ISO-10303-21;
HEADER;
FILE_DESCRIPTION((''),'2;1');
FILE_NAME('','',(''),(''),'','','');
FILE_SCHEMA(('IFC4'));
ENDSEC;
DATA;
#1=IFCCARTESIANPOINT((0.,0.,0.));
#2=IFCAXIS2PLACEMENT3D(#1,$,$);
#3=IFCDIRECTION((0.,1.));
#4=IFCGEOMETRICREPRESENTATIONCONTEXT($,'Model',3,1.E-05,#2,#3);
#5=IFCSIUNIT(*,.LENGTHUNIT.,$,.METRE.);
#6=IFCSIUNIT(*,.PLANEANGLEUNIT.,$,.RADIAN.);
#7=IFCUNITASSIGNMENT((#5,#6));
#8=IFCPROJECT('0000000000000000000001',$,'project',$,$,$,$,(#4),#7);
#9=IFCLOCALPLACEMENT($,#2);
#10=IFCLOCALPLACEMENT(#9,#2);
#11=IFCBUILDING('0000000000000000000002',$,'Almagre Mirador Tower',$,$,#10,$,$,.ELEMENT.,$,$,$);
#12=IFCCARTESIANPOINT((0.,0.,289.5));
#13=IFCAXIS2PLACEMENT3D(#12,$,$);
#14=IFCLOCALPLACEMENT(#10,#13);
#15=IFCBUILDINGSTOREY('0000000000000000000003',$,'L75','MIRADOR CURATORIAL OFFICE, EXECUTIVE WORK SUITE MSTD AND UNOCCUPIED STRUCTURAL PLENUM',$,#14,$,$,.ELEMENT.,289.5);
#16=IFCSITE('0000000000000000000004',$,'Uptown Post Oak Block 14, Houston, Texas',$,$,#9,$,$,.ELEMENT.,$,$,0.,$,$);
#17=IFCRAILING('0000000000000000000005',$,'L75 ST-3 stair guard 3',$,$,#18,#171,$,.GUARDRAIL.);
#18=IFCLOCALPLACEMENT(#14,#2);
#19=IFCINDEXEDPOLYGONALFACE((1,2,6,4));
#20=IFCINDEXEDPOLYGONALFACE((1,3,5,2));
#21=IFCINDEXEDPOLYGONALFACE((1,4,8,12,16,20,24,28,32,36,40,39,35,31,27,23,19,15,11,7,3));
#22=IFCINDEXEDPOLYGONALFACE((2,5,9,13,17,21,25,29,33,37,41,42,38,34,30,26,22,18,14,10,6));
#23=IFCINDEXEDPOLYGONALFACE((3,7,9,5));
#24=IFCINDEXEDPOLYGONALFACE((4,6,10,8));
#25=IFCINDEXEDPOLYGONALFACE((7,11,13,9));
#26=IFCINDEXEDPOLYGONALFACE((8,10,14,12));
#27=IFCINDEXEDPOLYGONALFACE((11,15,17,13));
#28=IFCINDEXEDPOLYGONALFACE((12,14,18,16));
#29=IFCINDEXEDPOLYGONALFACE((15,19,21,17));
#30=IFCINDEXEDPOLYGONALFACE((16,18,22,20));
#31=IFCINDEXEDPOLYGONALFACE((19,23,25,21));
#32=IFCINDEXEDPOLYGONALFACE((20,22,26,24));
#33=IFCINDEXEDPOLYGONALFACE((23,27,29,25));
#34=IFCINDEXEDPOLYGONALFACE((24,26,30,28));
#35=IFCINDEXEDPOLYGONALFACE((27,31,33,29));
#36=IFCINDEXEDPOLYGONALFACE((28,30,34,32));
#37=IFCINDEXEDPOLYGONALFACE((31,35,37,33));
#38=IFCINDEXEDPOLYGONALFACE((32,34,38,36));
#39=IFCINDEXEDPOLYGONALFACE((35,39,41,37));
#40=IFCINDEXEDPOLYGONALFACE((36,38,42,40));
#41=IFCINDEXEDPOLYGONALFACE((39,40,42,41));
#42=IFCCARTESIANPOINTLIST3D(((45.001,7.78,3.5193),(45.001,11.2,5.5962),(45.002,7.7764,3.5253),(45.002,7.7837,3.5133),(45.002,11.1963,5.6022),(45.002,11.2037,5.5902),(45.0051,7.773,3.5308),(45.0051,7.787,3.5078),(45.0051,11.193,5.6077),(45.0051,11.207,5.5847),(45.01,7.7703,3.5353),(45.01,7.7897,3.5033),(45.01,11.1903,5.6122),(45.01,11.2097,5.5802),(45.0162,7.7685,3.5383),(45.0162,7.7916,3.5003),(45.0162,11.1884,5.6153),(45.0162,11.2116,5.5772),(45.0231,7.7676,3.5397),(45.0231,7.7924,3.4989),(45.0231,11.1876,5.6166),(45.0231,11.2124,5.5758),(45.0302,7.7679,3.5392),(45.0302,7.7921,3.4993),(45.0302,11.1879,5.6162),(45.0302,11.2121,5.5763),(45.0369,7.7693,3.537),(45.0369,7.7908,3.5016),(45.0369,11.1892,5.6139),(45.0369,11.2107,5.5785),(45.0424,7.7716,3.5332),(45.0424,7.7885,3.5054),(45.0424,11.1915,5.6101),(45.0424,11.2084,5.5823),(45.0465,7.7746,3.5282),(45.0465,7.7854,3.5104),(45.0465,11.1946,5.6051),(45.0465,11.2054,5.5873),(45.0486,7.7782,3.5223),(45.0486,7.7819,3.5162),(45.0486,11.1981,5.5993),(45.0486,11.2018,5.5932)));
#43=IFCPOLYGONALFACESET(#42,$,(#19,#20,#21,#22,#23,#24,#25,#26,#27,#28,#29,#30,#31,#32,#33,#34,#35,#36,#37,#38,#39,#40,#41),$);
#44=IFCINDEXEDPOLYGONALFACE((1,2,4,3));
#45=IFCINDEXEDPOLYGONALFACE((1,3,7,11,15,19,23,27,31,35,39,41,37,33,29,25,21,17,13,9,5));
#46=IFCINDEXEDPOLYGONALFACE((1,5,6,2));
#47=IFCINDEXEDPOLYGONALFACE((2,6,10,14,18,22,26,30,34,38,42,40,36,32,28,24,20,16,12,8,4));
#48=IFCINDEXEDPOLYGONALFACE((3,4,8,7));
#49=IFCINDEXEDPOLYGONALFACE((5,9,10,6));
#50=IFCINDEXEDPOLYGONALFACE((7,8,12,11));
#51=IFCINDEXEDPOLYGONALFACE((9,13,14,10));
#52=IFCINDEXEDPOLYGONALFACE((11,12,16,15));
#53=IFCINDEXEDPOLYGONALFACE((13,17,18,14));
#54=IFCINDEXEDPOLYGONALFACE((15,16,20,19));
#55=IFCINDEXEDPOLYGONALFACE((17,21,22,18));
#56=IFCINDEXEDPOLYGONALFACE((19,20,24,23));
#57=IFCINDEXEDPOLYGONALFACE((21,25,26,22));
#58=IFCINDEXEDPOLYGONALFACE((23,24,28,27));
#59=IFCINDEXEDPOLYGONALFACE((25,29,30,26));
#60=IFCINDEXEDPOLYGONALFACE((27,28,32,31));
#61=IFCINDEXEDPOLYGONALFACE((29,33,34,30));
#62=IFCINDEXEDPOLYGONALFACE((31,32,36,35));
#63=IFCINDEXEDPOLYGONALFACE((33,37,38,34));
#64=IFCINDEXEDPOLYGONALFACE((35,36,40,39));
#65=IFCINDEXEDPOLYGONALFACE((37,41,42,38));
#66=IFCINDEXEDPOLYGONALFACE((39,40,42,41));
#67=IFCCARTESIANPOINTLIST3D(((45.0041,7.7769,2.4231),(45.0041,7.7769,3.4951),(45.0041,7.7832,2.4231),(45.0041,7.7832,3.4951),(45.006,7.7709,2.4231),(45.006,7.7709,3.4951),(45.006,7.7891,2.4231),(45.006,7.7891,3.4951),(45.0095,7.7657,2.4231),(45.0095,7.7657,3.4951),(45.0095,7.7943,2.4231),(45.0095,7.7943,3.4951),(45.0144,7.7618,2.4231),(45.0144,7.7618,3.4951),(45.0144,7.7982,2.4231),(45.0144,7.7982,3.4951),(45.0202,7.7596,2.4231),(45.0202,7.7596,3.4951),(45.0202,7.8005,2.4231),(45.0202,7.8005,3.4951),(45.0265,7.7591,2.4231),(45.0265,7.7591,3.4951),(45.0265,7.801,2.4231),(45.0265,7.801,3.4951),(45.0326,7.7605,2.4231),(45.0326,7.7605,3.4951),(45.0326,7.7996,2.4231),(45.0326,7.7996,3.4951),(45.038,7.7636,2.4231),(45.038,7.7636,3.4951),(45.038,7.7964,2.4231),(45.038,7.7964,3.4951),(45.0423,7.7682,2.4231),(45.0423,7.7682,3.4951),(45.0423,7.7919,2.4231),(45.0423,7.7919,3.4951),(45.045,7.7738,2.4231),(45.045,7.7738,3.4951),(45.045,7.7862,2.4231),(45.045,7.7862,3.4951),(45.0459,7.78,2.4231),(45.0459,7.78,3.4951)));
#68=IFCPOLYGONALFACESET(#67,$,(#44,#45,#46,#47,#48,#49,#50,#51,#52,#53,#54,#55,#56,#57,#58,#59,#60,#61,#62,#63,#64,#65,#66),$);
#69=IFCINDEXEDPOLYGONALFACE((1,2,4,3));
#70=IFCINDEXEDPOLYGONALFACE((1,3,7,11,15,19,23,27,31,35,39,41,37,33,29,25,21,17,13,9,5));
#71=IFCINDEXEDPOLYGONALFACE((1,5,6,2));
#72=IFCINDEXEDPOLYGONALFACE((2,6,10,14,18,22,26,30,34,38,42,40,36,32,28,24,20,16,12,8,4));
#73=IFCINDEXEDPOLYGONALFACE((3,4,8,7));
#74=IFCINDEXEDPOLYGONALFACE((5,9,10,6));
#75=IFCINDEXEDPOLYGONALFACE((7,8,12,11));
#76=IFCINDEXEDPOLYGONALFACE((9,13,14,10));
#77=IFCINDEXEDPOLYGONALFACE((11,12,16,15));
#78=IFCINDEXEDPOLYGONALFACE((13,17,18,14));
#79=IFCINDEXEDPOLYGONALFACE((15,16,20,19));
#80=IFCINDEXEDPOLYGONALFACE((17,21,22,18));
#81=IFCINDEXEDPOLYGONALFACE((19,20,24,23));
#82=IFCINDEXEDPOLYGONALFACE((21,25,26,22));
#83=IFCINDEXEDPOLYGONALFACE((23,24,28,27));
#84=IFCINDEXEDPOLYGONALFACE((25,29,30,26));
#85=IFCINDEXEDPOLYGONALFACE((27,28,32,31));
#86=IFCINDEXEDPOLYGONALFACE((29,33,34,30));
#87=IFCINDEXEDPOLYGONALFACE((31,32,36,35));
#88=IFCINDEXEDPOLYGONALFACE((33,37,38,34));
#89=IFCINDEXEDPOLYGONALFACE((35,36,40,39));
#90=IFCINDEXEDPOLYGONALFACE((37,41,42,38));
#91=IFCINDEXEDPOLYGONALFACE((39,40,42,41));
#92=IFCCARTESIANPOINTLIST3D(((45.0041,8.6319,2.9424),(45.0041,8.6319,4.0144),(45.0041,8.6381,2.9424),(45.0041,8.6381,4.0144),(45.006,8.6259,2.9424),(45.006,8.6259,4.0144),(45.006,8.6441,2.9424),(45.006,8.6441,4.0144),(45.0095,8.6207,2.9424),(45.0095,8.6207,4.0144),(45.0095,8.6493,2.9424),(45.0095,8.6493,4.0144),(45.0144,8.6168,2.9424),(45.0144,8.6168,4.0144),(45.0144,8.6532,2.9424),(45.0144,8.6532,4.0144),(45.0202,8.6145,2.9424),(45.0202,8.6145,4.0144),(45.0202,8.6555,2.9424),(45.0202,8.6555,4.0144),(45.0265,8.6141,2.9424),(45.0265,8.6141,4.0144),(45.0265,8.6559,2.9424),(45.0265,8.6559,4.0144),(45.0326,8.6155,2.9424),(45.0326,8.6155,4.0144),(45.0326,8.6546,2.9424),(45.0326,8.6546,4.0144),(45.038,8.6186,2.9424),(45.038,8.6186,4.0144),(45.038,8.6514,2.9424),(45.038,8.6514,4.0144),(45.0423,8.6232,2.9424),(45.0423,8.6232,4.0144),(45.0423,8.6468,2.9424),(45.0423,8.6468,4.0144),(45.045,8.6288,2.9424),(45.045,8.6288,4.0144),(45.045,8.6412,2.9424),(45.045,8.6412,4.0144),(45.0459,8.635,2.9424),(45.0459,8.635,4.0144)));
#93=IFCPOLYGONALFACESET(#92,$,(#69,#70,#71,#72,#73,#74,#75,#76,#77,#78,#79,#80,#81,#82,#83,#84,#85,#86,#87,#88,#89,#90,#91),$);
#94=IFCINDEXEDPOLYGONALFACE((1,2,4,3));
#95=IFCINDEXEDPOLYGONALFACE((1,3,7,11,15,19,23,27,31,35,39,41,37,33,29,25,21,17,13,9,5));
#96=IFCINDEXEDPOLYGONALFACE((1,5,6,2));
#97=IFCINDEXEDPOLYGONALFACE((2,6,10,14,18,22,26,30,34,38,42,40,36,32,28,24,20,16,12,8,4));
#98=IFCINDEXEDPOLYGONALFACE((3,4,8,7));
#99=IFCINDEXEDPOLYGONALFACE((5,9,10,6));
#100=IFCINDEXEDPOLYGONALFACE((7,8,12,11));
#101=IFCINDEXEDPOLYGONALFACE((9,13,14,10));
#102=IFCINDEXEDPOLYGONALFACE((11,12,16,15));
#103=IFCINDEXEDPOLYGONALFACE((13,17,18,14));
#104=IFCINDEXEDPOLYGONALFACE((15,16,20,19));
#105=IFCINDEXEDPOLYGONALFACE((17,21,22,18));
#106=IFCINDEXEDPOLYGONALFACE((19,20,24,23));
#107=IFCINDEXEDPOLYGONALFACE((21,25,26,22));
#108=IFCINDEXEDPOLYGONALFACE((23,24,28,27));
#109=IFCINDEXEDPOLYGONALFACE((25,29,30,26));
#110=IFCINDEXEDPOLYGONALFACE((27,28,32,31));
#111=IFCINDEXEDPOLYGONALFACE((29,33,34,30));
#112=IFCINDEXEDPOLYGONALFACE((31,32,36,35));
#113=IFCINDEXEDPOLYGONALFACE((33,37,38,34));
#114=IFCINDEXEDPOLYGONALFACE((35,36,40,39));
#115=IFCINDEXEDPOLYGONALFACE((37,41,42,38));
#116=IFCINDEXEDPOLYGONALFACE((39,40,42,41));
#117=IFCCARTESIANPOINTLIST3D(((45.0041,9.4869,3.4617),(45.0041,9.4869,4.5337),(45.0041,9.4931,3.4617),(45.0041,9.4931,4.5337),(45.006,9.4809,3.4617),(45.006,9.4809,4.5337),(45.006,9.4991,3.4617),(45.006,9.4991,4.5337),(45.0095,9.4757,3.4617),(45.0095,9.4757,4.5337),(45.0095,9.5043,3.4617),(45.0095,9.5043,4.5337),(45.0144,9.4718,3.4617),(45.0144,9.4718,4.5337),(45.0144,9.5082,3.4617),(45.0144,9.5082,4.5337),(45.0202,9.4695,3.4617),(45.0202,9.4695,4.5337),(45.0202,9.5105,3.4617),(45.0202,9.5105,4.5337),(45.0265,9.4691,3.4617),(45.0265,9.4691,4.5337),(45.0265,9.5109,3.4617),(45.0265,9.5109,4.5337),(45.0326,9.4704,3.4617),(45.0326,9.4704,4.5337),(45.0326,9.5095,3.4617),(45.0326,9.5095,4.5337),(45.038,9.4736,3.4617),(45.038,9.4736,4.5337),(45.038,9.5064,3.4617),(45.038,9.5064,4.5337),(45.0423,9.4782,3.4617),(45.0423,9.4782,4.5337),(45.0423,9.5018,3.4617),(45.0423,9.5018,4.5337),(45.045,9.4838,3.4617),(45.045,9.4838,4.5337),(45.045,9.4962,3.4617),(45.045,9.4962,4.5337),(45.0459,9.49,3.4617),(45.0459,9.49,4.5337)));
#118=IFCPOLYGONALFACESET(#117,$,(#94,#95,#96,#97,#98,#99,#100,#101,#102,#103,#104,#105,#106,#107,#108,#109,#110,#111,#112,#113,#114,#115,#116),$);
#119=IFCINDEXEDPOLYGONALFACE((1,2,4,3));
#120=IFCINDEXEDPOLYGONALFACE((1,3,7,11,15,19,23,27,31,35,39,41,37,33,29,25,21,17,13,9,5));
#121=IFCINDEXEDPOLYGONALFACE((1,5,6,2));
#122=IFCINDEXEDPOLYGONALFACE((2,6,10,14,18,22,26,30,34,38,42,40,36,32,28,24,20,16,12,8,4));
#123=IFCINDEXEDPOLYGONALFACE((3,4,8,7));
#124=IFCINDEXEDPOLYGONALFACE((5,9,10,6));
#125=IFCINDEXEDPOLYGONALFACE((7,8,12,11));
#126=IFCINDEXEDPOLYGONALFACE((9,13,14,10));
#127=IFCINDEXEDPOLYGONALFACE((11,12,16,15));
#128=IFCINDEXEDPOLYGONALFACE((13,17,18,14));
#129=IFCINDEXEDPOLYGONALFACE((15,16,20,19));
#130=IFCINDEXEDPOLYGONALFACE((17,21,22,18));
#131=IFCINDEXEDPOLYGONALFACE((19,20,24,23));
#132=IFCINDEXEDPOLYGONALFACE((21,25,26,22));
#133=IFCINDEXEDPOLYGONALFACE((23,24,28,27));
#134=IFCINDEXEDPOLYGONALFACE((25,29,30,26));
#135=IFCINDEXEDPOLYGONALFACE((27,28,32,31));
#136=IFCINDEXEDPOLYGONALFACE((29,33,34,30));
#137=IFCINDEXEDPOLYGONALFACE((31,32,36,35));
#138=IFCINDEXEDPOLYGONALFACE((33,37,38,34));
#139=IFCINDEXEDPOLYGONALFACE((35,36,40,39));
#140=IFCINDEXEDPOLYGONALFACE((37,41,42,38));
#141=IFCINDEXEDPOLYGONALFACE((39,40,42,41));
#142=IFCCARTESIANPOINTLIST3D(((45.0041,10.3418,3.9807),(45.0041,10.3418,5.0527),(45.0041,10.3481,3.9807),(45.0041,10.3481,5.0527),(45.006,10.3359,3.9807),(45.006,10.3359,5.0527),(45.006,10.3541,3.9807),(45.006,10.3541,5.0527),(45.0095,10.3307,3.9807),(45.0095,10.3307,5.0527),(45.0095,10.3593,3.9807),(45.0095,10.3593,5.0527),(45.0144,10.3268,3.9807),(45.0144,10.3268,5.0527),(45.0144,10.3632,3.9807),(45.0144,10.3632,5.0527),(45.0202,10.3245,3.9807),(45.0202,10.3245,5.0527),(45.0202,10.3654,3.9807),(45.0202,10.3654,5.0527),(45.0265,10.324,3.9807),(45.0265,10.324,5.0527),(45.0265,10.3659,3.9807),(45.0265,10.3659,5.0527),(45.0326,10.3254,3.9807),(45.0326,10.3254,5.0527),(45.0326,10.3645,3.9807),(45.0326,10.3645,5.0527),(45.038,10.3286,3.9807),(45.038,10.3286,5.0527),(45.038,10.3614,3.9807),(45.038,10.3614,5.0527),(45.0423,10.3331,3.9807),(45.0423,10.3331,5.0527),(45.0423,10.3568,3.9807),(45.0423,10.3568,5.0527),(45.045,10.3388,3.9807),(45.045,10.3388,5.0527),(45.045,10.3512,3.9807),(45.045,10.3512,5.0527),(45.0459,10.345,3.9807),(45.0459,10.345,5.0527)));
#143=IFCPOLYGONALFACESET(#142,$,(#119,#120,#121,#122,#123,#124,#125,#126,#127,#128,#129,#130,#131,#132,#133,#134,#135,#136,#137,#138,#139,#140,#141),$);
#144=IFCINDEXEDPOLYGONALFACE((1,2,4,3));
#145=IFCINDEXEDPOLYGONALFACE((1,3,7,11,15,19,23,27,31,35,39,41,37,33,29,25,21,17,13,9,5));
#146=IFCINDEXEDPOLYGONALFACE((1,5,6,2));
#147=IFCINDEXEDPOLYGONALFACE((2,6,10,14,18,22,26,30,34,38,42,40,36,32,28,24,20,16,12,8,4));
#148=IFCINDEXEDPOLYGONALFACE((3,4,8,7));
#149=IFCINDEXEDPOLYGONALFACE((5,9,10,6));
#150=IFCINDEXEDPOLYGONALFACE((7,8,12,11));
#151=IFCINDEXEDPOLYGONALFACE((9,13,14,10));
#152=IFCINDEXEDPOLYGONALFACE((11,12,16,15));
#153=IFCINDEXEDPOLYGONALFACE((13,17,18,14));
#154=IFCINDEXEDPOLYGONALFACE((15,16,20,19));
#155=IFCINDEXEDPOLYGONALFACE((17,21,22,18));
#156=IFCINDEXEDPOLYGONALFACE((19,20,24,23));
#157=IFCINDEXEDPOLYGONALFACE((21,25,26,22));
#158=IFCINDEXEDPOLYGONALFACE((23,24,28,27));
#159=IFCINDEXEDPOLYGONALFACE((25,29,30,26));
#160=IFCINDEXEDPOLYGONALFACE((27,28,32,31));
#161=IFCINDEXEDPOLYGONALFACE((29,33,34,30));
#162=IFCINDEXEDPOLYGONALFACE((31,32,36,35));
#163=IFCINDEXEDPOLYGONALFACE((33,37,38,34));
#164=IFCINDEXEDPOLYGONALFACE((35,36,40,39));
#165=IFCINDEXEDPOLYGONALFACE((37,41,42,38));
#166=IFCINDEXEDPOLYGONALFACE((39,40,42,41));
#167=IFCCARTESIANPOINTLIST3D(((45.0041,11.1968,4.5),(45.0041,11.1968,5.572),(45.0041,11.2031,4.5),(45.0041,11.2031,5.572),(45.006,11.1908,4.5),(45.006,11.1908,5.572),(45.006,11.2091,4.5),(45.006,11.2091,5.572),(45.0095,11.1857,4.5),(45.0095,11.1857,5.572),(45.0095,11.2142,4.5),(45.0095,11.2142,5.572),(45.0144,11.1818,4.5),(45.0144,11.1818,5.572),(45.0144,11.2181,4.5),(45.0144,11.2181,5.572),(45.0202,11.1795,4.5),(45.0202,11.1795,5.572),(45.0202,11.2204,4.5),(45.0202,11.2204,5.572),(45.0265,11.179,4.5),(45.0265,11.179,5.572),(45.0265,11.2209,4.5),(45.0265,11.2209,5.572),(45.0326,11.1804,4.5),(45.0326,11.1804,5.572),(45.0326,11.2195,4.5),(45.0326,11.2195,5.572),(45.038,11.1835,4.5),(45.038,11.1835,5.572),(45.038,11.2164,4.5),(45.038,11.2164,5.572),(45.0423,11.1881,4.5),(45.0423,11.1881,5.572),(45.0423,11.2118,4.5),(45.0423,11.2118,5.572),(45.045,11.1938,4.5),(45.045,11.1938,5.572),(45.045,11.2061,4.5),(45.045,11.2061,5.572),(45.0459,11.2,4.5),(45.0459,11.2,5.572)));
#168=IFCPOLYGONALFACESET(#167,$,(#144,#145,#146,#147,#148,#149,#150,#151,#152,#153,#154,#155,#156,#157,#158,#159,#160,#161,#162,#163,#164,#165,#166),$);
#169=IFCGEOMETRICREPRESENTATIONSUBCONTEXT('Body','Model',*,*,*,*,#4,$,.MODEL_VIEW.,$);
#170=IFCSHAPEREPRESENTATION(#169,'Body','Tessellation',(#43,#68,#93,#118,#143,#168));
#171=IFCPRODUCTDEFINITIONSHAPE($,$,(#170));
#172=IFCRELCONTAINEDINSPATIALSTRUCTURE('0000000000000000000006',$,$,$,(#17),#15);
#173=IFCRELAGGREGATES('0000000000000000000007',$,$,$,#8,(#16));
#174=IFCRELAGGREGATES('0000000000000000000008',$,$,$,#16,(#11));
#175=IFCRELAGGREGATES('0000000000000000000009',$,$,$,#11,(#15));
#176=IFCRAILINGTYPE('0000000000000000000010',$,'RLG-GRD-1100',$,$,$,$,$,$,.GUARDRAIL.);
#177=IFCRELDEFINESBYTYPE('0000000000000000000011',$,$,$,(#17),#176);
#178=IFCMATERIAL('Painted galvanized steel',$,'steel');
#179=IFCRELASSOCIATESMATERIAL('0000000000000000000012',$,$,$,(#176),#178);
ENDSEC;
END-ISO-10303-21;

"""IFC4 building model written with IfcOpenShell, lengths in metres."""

from ifc_helpers import new_model, si_unit, direction, frame, origin, origin_2d, place, context, subcontext, project, spatial, circle, extrude, material, type_object, element, save


model = new_model("IFC4")

# Units and contexts
model_context = context("Model", 3, precision=1e-05, world=origin(), true_north=direction((0.0, 1.0)))
body_context = subcontext(model_context, "Body", "Model", "MODEL_VIEW")
ifc_project = project(units=[si_unit("LENGTHUNIT", "METRE"), si_unit("PLANEANGLEUNIT", "RADIAN")], contexts=[model_context])

# Site, building, storey
site_placement = place(None, origin())
site = spatial("IfcSite", under=ifc_project, at=site_placement, Name="Uptown Post Oak Block 14, Houston, Texas", CompositionType="ELEMENT", RefElevation=0.0)
building_placement = place(site_placement, origin())
building = spatial("IfcBuilding", under=site, at=building_placement, Name="Almagre Mirador Tower", CompositionType="ELEMENT")
storey_placement = place(building_placement, frame((0.0, 0.0, 289.5)))
storey = spatial("IfcBuildingStorey", under=building, at=storey_placement, Name="L75", Description="MIRADOR CURATORIAL OFFICE, EXECUTIVE WORK SUITE MSTD AND UNOCCUPIED STRUCTURAL PLENUM", CompositionType="ELEMENT", Elevation=289.5)

# Railing
ifc_material_1 = material(Name="Painted galvanized steel", Category="steel")
railing_type_1 = type_object("IfcRailingType", Name="RLG-GRD-1100", PredefinedType="GUARDRAIL", material=ifc_material_1)
railing_1_placement = place(storey_placement, frame((45.0249, 7.78, 2.4231)))
element("IfcRailing", 1, at=railing_1_placement, inside=storey, type_object=railing_type_1, Name="L75 ST-3 stair guard 3", PredefinedType="GUARDRAIL", context=body_context, shape_type="SweptSolid", body=[
    extrude(circle(Radius=0.0239, at=origin_2d()), frame((0.0, 0.0, 1.0962), z_axis=(0.0, 0.85473, 0.519074), x_axis=(-1.0, 0.0, 0.0)), (0.0, 0.0, 1.0), 4.0012),
    extrude(circle(Radius=0.021, at=origin_2d()), origin(), (0.0, 0.0, 1.0), 1.072),
    extrude(circle(Radius=0.021, at=origin_2d()), frame((0.0, 0.855, 0.5193)), (0.0, 0.0, 1.0), 1.072),
    extrude(circle(Radius=0.021, at=origin_2d()), frame((0.0, 1.71, 1.0386)), (0.0, 0.0, 1.0), 1.072),
    extrude(circle(Radius=0.021, at=origin_2d()), frame((0.0, 2.5649, 1.5576)), (0.0, 0.0, 1.0), 1.072),
    extrude(circle(Radius=0.021, at=origin_2d()), frame((0.0, 3.4199, 2.0769)), (0.0, 0.0, 1.0), 1.072),
])

save(model, "model.ifc")
